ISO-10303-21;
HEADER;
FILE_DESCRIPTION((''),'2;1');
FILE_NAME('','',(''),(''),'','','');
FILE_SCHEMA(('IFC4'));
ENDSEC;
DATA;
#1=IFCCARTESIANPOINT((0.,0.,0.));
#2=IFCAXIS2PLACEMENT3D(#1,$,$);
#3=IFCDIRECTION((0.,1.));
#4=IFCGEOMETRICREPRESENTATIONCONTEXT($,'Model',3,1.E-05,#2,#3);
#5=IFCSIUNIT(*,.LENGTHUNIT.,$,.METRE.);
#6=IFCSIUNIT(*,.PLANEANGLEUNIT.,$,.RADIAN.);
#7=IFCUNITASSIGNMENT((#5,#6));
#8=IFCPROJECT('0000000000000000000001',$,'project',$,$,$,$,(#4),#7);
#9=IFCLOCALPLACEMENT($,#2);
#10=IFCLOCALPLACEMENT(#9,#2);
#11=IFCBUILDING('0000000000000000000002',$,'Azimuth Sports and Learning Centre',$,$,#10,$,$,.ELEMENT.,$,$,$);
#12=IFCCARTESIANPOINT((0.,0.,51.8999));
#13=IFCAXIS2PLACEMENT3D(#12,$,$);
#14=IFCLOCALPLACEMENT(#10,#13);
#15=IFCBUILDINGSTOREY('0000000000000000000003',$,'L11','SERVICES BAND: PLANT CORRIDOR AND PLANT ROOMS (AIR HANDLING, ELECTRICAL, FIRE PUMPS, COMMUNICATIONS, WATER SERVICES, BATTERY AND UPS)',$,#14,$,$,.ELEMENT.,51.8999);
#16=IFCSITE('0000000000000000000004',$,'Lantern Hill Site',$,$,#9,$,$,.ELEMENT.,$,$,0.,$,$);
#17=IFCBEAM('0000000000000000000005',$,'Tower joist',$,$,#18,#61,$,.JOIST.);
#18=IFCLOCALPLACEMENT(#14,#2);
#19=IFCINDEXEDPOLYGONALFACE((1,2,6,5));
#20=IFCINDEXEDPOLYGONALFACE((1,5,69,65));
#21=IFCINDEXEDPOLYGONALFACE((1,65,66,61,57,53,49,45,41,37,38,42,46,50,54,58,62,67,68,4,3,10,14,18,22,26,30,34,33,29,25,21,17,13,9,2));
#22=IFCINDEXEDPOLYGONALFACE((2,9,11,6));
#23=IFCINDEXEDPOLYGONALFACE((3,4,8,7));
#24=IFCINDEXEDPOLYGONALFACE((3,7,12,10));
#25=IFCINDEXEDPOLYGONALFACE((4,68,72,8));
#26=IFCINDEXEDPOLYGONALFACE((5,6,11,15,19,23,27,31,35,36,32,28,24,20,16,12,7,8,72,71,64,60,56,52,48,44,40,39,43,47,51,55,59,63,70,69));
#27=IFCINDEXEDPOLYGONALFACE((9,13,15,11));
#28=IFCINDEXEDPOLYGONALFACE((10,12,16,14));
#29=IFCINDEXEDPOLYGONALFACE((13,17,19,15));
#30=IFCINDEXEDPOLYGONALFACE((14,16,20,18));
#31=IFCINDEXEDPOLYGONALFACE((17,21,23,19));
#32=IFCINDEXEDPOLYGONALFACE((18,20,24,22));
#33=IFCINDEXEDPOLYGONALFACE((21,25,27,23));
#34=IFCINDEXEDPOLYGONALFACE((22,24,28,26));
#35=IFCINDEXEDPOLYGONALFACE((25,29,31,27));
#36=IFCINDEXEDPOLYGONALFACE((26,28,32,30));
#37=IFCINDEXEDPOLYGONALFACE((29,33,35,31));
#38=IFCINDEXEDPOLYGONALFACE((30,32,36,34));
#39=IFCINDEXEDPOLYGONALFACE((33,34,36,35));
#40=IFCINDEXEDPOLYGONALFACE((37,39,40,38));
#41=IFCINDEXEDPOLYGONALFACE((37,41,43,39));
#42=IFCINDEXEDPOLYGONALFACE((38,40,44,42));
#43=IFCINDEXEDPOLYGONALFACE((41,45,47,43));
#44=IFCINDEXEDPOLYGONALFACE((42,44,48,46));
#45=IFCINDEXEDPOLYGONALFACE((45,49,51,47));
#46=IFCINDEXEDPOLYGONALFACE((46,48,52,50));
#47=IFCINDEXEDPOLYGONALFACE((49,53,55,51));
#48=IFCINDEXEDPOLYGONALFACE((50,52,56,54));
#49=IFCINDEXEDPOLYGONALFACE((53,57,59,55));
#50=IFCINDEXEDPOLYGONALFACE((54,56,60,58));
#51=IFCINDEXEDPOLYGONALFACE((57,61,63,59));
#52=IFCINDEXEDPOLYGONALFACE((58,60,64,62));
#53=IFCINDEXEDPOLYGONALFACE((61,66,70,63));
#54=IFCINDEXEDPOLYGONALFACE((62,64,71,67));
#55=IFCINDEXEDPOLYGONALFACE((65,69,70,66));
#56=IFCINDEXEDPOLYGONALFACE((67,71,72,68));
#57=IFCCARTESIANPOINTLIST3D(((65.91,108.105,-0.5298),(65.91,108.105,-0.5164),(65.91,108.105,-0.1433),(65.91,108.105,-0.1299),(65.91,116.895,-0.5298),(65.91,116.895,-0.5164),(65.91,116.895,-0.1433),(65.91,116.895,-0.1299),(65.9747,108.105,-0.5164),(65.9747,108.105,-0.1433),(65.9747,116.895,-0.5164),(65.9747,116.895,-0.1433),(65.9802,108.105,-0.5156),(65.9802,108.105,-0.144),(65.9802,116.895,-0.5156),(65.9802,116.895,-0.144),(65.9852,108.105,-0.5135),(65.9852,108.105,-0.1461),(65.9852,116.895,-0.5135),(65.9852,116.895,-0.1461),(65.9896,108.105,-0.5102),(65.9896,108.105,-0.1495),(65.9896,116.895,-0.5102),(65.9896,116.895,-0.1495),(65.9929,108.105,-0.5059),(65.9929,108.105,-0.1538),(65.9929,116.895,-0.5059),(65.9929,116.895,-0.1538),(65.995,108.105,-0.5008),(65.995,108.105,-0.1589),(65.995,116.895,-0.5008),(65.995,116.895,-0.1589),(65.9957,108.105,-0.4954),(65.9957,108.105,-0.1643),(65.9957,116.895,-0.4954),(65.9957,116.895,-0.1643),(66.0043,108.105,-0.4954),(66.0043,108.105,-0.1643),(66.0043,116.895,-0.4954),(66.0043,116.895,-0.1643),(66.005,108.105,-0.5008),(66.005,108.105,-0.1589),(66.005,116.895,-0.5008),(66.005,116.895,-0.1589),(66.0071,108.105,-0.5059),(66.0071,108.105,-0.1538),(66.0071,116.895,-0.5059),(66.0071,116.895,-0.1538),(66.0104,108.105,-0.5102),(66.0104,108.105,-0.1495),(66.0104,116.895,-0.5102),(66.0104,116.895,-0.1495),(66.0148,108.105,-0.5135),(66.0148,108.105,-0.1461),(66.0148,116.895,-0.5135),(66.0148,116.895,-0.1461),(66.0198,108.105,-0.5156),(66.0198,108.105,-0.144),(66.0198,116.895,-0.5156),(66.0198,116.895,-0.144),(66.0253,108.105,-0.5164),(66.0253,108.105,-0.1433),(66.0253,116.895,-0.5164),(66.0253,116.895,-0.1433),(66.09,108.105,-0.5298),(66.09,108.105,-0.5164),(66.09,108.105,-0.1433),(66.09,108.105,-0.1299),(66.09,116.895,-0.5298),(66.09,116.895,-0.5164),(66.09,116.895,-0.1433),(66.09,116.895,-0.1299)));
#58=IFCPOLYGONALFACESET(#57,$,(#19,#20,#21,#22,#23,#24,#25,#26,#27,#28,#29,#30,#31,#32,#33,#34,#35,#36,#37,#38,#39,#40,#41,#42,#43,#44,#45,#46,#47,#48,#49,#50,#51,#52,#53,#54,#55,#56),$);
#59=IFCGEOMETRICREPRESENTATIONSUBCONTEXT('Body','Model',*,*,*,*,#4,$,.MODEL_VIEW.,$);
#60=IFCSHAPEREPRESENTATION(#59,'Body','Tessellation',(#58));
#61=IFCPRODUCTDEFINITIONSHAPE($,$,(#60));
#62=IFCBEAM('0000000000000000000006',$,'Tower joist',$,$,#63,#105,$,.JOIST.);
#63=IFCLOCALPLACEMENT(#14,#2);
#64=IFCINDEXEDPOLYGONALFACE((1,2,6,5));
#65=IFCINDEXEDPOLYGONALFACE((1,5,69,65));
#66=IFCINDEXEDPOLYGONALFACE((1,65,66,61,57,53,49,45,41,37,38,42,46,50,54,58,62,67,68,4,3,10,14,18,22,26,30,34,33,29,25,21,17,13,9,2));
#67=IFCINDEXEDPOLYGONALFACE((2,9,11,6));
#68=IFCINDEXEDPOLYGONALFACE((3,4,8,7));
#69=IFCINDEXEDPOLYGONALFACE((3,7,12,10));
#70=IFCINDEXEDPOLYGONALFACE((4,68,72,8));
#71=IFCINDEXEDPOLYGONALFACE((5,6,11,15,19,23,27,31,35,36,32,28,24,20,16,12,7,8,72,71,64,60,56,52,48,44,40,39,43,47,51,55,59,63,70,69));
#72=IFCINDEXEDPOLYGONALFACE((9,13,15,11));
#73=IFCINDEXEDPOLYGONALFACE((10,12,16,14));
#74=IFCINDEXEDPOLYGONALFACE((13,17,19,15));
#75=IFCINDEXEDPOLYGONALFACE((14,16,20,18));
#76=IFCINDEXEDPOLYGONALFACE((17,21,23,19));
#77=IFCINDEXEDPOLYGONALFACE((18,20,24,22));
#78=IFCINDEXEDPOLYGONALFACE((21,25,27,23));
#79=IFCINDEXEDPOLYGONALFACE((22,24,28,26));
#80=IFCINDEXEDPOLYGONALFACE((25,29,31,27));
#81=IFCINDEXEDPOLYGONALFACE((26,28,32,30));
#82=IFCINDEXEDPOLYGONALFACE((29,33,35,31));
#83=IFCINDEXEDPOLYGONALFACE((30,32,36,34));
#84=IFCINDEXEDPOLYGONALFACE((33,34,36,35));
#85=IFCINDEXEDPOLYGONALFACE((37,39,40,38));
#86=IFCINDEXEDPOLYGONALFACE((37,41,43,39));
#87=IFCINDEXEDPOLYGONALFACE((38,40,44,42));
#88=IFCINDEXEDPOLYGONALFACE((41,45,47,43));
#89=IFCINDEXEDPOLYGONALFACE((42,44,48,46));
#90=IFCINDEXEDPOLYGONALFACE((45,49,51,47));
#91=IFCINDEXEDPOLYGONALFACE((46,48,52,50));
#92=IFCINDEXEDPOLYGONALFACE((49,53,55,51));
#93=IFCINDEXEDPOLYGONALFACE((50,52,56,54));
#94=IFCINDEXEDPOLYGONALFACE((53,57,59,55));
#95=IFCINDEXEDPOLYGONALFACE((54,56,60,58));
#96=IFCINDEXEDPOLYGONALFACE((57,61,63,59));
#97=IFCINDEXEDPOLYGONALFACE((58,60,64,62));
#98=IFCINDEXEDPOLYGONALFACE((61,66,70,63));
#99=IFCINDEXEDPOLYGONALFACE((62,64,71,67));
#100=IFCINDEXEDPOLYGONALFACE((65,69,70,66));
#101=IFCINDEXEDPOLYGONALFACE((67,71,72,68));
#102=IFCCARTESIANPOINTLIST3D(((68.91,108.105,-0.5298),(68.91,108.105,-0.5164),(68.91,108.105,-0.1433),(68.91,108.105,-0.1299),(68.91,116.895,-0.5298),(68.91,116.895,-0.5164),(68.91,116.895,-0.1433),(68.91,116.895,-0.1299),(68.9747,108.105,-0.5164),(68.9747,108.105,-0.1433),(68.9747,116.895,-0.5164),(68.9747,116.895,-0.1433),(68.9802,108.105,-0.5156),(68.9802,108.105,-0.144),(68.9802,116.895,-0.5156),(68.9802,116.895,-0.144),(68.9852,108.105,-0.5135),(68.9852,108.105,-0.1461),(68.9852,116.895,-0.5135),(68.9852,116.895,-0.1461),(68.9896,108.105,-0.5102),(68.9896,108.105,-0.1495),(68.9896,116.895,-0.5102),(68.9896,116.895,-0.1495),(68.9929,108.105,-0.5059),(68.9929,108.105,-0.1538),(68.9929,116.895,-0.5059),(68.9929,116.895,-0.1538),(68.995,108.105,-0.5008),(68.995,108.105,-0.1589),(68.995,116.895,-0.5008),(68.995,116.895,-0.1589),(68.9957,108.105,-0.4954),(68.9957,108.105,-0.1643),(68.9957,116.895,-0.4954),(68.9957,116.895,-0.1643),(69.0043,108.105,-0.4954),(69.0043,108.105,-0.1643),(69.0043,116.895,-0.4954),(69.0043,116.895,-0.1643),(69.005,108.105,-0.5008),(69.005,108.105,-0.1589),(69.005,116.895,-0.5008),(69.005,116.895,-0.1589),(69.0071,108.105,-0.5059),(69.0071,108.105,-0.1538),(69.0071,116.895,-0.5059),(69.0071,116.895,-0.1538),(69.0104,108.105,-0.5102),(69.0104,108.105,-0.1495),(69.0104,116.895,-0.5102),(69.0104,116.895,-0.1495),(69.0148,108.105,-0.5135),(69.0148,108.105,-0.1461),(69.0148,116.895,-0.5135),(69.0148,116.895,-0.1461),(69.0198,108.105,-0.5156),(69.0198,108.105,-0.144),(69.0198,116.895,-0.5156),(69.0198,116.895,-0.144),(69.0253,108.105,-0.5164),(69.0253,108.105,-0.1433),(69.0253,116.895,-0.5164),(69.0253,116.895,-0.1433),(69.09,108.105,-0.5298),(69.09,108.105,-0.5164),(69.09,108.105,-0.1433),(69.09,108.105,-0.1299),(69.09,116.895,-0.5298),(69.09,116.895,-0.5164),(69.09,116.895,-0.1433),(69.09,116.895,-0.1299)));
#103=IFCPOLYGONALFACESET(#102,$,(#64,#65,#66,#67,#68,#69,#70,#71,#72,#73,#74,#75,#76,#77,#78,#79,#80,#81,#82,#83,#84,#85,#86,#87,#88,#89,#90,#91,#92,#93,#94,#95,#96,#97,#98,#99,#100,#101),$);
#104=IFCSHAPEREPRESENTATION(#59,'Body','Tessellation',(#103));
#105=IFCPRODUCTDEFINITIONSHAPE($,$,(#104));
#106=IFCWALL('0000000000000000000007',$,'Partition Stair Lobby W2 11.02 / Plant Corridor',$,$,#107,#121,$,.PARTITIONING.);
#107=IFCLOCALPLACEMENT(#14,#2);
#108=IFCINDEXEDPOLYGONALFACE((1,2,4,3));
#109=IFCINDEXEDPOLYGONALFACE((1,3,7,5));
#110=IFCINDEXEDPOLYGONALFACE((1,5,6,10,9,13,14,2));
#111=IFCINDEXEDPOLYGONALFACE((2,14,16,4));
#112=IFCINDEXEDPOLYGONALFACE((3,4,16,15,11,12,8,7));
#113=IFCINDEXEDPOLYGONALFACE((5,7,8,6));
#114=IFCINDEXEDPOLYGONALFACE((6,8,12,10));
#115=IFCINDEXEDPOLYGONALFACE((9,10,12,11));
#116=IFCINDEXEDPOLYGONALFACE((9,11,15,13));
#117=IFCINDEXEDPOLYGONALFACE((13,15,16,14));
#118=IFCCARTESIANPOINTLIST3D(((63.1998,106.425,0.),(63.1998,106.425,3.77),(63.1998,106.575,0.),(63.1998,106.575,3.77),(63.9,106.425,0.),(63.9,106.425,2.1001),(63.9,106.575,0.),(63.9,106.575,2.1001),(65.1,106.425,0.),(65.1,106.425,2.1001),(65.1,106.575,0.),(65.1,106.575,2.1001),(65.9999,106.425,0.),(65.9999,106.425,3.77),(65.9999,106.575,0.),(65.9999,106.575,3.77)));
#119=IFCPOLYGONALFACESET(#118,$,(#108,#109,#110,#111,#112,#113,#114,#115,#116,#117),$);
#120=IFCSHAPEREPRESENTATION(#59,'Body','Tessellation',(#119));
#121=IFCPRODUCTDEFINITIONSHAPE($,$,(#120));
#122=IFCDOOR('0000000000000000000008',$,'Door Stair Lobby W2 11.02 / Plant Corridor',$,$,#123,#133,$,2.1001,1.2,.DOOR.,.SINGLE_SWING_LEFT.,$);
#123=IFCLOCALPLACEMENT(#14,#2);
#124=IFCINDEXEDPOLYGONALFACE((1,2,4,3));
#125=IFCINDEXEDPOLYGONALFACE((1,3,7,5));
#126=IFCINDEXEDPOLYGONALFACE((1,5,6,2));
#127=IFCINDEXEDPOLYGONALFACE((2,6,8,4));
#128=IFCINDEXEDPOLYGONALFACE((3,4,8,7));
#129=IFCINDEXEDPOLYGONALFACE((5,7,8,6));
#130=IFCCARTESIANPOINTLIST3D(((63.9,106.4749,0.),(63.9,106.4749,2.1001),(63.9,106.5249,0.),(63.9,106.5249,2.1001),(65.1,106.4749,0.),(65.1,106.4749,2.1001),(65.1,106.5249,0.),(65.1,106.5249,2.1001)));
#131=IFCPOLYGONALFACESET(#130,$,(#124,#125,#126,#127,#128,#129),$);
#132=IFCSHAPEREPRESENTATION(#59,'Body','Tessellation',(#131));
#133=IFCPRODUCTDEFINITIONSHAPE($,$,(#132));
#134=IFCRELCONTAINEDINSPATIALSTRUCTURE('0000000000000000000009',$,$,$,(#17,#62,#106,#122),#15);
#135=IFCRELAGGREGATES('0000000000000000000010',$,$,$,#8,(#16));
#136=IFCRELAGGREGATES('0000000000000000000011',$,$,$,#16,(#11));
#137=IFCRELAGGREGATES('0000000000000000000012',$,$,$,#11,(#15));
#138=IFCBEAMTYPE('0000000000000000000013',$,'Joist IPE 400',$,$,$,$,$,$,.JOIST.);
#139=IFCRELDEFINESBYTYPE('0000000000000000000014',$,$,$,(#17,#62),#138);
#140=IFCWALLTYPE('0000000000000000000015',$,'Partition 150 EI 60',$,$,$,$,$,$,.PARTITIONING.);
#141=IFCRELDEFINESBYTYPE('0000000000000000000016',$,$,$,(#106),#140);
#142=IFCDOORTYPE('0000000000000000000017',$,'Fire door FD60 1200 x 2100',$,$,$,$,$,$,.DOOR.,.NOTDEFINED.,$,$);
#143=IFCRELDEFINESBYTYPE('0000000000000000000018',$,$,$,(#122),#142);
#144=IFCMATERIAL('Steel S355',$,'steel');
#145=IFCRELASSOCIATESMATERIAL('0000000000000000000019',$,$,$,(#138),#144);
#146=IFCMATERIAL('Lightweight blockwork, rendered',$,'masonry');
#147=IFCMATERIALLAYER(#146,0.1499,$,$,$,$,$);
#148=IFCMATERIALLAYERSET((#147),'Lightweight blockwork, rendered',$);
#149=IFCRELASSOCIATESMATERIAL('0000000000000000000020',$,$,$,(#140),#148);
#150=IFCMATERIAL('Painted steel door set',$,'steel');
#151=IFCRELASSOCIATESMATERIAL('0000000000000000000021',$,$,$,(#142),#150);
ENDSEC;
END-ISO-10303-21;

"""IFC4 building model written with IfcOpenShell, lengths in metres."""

from ifc_helpers import new_model, si_unit, direction, frame, frame_2d, origin, origin_2d, place, context, subcontext, project, spatial, rectangle, i_section, extrude, material, layer, layer_set, material_profile, profile_set, type_object, element, fill, save


model = new_model("IFC4")

# Units and contexts
model_context = context("Model", 3, precision=1e-05, world=origin(), true_north=direction((0.0, 1.0)))
body_context = subcontext(model_context, "Body", "Model", "MODEL_VIEW")
ifc_project = project(units=[si_unit("LENGTHUNIT", "METRE"), si_unit("PLANEANGLEUNIT", "RADIAN")], contexts=[model_context])

# Site, building, storey
site_placement = place(None, origin())
site = spatial("IfcSite", under=ifc_project, at=site_placement, Name="Lantern Hill Site", CompositionType="ELEMENT", RefElevation=0.0)
building_placement = place(site_placement, origin())
building = spatial("IfcBuilding", under=site, at=building_placement, Name="Azimuth Sports and Learning Centre", CompositionType="ELEMENT")
storey_placement = place(building_placement, frame((0.0, 0.0, 51.8999)))
storey = spatial("IfcBuildingStorey", under=building, at=storey_placement, Name="L11", Description="SERVICES BAND: PLANT CORRIDOR AND PLANT ROOMS (AIR HANDLING, ELECTRICAL, FIRE PUMPS, COMMUNICATIONS, WATER SERVICES, BATTERY AND UPS)", CompositionType="ELEMENT", Elevation=51.8999)

# Beams
ifc_material_1 = material(Name="Steel S355", Category="steel")
ifc_material_profile_1 = material_profile(ifc_material_1, i_section(OverallWidth=0.1799, OverallDepth=0.3999, WebThickness=0.0085, FlangeThickness=0.0134, FilletRadius=0.021, at=origin_2d()), Name="IPE 400")
ifc_profile_set_1 = profile_set([ifc_material_profile_1], Name="Steel S355")
beam_type_1 = type_object("IfcBeamType", Name="Joist IPE 400", PredefinedType="JOIST", material=ifc_profile_set_1)
for number, where, z_axis, x_axis, name in (
    (1, (66.0, 108.105, -0.3298), (0.0, 1.0, 0.0), (-1.0, 0.0, 0.0), "Tower joist"),
    (2, (69.0, 108.105, -0.3298), (0.0, 1.0, 0.0), (-1.0, 0.0, 0.0), "Tower joist"),
):
    element("IfcBeam", number, at=place(storey_placement, frame(where, z_axis=z_axis, x_axis=x_axis)), inside=storey, type_object=beam_type_1, Name=name, PredefinedType="JOIST", context=body_context, shape_type="SweptSolid", body=[
        extrude(i_section(OverallWidth=0.1799, OverallDepth=0.3999, WebThickness=0.0085, FlangeThickness=0.0134, FilletRadius=0.021, at=origin_2d()), origin(), (0.0, 0.0, 1.0), 8.79),
    ])

# Wall, opening, door
ifc_material_2 = material(Name="Lightweight blockwork, rendered", Category="masonry")
ifc_layer_1 = layer(ifc_material_2, 0.1499)
ifc_layer_set_1 = layer_set([ifc_layer_1], Name="Lightweight blockwork, rendered")
wall_type_1 = type_object("IfcWallType", Name="Partition 150 EI 60", PredefinedType="PARTITIONING", material=ifc_layer_set_1)
wall_1_placement = place(storey_placement, frame((63.2, 106.5, 0.0), z_axis=(0.0, 0.0, 1.0), x_axis=(1.0, 0.0, 0.0)))
wall_1 = element("IfcWall", 3, at=wall_1_placement, inside=storey, type_object=wall_type_1, Name="Partition Stair Lobby W2 11.02 / Plant Corridor", PredefinedType="PARTITIONING", context=body_context, shape_type="SweptSolid", body=[
    extrude(rectangle(XDim=2.8, YDim=0.1499, at=frame_2d((1.3999, 0.0))), origin(), (0.0, 0.0, 1.0), 3.77),
])
opening_1_placement = place(wall_1_placement, frame((0.7, 0.0, 0.0)))
opening_1 = element("IfcOpeningElement", 4, at=opening_1_placement, cuts=wall_1, PredefinedType="OPENING", context=body_context, shape_type="SweptSolid", body=[
    extrude(rectangle(XDim=1.2, YDim=2.1001, at=frame_2d((0.6001, 1.05))), frame((0.0, 0.0859, 0.0), z_axis=(0.0, -1.0, 0.0), x_axis=(1.0, 0.0, 0.0)), (0.0, 0.0, 1.0), 0.1719),
])
ifc_material_3 = material(Name="Painted steel door set", Category="steel")
door_type_1 = type_object("IfcDoorType", Name="Fire door FD60 1200 x 2100", OperationType="NOTDEFINED", PredefinedType="DOOR", material=ifc_material_3)
door_1_placement = place(opening_1_placement, origin())
door_1 = element("IfcDoor", 5, at=door_1_placement, inside=storey, type_object=door_type_1, Name="Door Stair Lobby W2 11.02 / Plant Corridor", OperationType="SINGLE_SWING_LEFT", OverallHeight=2.1001, OverallWidth=1.2, PredefinedType="DOOR", context=body_context, shape_type="SweptSolid", body=[
    extrude(rectangle(XDim=1.2, YDim=2.1001, at=frame_2d((0.6001, 1.05))), frame((0.0, 0.0249, 0.0), z_axis=(0.0, -1.0, 0.0), x_axis=(1.0, 0.0, 0.0)), (0.0, 0.0, 1.0), 0.05),
])
fill(opening_1, door_1)

save(model, "model.ifc")
